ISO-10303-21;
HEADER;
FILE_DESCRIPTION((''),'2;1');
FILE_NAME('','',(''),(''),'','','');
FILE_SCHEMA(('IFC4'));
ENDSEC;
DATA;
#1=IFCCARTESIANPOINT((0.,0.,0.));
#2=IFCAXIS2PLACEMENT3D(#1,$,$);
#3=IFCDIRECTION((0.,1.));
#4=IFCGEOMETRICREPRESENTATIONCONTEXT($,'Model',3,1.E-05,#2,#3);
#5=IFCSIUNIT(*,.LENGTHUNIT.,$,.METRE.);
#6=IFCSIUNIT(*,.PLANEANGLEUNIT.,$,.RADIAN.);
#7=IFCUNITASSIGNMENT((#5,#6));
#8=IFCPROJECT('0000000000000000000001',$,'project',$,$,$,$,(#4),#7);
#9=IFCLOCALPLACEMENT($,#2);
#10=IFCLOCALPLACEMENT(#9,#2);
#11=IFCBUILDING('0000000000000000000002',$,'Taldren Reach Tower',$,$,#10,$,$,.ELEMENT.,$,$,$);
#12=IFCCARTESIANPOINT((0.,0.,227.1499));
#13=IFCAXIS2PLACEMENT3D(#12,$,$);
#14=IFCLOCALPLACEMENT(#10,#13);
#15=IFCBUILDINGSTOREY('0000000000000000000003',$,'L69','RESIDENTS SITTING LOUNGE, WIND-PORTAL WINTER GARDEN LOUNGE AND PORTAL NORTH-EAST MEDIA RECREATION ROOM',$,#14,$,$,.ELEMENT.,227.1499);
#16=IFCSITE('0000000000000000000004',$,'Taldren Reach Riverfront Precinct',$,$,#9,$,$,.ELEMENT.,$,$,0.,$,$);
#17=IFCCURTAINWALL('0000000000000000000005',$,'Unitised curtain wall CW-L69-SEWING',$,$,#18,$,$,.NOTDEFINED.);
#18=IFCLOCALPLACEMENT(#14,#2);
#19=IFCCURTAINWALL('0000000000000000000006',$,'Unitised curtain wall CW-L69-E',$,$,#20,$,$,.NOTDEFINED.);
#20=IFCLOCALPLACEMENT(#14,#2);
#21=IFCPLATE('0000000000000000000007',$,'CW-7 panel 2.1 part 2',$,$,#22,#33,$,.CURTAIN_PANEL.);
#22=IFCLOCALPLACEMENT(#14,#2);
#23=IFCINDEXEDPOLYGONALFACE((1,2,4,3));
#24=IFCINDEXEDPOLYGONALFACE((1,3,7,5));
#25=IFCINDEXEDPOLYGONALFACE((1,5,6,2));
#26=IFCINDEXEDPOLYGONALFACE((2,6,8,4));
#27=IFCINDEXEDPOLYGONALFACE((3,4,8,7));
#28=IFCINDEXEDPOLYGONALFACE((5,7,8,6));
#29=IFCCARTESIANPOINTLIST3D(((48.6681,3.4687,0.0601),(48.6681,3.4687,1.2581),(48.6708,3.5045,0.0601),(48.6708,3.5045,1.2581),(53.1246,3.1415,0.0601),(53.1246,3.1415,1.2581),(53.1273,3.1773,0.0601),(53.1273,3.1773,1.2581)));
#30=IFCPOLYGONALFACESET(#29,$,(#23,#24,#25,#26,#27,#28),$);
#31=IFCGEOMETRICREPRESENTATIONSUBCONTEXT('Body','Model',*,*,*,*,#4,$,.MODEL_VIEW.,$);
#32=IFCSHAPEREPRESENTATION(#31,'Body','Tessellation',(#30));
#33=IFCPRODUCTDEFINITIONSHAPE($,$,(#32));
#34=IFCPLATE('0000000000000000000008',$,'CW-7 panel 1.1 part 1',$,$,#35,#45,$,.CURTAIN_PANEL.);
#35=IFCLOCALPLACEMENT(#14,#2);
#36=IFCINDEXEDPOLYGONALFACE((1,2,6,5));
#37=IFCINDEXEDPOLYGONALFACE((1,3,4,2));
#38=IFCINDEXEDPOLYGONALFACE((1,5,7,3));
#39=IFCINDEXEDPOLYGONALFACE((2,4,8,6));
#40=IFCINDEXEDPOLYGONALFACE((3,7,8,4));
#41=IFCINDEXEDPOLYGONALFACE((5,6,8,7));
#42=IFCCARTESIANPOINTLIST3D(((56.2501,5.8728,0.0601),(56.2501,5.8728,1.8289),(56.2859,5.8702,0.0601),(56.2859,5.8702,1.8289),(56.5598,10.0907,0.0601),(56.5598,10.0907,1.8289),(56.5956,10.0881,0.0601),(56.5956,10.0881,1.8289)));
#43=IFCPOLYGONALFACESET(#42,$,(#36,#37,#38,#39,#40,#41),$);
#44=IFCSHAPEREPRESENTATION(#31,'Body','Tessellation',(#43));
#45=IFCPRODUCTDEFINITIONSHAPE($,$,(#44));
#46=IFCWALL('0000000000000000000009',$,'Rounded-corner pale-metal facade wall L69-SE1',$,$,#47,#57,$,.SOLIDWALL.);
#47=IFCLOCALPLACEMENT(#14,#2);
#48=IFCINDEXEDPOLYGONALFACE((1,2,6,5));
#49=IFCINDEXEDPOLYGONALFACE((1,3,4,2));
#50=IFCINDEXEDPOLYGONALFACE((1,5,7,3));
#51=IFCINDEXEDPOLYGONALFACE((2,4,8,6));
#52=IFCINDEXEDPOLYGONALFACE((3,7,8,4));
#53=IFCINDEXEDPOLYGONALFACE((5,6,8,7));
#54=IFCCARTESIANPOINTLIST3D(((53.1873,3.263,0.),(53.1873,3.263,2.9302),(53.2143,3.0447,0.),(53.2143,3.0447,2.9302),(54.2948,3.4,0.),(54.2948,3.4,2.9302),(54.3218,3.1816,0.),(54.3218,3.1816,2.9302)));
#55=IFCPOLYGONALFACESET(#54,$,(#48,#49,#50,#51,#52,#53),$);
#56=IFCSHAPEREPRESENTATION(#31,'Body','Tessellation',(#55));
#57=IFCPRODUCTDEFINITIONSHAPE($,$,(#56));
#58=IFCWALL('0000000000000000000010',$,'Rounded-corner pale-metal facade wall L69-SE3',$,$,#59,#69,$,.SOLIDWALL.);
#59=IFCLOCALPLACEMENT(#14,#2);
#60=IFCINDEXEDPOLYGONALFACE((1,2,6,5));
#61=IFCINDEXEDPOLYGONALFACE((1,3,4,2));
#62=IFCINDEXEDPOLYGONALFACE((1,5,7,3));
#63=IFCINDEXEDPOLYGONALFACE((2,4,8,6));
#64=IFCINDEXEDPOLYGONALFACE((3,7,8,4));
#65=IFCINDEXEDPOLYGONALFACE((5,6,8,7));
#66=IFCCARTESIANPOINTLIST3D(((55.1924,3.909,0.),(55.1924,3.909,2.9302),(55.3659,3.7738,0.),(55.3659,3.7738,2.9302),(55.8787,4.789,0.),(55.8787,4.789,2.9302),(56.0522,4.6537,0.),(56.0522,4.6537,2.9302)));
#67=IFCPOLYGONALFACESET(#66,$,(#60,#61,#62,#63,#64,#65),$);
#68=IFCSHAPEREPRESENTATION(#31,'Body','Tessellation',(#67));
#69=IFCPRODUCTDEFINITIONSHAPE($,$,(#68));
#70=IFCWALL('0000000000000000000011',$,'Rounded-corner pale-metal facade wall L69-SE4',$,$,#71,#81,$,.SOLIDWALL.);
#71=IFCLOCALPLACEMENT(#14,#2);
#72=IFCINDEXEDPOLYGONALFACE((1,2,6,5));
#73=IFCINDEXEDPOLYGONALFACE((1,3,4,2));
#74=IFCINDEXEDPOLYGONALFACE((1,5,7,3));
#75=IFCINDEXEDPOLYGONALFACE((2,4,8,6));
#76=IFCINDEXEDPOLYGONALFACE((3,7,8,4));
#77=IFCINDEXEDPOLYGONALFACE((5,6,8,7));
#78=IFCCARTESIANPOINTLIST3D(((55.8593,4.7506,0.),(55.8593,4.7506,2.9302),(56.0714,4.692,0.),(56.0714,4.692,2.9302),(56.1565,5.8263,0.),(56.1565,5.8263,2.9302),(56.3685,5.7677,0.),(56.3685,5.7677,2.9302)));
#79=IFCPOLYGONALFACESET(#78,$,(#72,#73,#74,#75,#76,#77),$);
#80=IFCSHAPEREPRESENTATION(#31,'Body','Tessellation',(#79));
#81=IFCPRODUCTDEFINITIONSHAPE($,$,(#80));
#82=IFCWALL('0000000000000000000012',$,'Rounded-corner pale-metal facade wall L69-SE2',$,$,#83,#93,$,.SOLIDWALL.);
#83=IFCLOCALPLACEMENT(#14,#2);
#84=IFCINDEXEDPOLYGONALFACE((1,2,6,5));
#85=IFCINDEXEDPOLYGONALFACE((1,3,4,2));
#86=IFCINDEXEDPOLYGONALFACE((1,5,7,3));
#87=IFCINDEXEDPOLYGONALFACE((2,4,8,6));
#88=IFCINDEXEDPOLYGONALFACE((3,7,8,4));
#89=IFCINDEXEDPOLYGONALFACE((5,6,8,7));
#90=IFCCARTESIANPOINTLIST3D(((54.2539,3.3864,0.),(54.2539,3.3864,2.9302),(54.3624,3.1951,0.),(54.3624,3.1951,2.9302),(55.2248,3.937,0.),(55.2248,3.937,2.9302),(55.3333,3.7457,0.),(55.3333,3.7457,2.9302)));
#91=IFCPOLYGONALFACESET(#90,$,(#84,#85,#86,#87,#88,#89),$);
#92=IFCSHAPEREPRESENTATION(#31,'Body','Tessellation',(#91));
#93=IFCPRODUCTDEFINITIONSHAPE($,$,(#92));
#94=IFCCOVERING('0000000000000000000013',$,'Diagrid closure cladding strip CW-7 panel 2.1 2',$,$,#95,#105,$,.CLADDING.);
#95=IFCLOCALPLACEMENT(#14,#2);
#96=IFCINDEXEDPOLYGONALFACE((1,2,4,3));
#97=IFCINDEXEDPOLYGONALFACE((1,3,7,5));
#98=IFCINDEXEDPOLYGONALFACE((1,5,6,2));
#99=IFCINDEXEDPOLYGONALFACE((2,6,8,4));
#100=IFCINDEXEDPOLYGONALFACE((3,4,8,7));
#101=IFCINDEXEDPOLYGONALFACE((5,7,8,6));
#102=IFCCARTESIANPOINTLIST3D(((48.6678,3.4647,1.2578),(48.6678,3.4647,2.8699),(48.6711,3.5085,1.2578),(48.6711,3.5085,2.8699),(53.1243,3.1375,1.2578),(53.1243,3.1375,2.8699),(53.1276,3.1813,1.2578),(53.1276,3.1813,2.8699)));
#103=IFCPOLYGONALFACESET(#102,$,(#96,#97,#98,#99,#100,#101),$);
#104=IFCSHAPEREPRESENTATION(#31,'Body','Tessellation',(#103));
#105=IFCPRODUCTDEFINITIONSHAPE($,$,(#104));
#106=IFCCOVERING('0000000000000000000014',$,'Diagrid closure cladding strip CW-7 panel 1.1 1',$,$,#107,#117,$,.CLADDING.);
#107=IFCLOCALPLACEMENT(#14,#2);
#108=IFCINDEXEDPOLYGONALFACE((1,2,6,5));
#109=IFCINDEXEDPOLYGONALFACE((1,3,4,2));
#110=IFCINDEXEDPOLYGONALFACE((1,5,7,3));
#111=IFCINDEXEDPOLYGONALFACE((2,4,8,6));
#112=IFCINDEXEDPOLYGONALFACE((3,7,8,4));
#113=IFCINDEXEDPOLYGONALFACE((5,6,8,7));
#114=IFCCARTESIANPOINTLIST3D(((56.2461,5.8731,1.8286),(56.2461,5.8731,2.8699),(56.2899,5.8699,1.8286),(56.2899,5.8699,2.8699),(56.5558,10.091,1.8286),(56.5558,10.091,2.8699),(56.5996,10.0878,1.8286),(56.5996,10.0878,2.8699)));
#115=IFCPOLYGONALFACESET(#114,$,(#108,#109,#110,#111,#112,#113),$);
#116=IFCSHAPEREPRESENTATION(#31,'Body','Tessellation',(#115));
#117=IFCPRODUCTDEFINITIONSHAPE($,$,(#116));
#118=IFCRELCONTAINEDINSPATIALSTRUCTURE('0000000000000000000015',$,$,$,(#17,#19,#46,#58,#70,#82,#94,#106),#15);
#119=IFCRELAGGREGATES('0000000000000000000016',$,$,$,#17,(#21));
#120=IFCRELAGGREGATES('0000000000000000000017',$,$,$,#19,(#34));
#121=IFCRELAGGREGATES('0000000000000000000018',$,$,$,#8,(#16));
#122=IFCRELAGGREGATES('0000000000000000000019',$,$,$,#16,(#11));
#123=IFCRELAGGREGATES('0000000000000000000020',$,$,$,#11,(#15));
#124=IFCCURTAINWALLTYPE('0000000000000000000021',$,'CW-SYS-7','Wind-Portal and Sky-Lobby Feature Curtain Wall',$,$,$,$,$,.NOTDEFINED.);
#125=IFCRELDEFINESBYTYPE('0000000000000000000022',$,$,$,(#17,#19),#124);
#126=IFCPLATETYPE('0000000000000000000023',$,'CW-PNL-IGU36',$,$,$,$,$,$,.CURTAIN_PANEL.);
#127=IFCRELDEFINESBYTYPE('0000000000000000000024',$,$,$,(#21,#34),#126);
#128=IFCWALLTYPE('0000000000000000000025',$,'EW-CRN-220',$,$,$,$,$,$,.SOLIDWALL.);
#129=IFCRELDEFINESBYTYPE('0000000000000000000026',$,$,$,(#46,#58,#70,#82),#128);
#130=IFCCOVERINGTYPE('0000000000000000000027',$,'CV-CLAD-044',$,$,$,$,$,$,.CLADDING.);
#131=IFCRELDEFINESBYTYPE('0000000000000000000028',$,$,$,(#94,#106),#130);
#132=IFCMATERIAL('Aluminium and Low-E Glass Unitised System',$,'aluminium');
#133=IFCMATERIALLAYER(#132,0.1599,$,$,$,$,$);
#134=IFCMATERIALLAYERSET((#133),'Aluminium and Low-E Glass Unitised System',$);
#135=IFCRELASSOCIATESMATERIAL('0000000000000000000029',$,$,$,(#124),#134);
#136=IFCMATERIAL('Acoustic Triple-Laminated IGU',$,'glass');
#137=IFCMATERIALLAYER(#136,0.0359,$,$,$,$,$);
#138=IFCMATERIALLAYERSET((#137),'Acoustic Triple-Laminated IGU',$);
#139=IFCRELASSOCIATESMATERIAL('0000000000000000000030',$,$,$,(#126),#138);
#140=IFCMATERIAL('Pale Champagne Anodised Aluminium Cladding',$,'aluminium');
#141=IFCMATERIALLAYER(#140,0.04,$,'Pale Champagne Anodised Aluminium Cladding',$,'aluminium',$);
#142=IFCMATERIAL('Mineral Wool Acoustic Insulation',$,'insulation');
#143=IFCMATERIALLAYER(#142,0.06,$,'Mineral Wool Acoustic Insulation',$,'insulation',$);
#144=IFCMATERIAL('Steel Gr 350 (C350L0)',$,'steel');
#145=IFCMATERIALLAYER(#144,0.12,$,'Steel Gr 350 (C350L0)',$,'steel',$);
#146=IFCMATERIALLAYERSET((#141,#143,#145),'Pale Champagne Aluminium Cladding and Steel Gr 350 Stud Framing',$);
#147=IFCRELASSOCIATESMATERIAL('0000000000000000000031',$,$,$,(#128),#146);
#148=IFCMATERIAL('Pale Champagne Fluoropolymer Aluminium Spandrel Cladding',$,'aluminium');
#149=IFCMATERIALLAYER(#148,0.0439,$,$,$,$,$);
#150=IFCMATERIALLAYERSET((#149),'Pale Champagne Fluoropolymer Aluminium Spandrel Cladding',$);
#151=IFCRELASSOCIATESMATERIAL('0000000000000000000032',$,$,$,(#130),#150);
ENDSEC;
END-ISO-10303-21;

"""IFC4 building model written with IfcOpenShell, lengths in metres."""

from ifc_helpers import new_model, si_unit, direction, frame, frame_2d, origin, origin_2d, place, context, subcontext, project, spatial, rectangle, extrude, source, transform, mapped, material, layer, layer_set, type_object, element, aggregate, save


model = new_model("IFC4")

# Units and contexts
model_context = context("Model", 3, precision=1e-05, world=origin(), true_north=direction((0.0, 1.0)))
body_context = subcontext(model_context, "Body", "Model", "MODEL_VIEW")
ifc_project = project(units=[si_unit("LENGTHUNIT", "METRE"), si_unit("PLANEANGLEUNIT", "RADIAN")], contexts=[model_context])

# Site, building, storey
site_placement = place(None, origin())
site = spatial("IfcSite", under=ifc_project, at=site_placement, Name="Taldren Reach Riverfront Precinct", CompositionType="ELEMENT", RefElevation=0.0)
building_placement = place(site_placement, origin())
building = spatial("IfcBuilding", under=site, at=building_placement, Name="Taldren Reach Tower", CompositionType="ELEMENT")
storey_placement = place(building_placement, frame((0.0, 0.0, 227.1499)))
storey = spatial("IfcBuildingStorey", under=building, at=storey_placement, Name="L69", Description="RESIDENTS SITTING LOUNGE, WIND-PORTAL WINTER GARDEN LOUNGE AND PORTAL NORTH-EAST MEDIA RECREATION ROOM", CompositionType="ELEMENT", Elevation=227.1499)

# Shared definitions
ifc_material_1 = material(Name="Steel Gr 350 (C350L0)", Category="steel")

# Curtain wall
ifc_material_2 = material(Name="Aluminium and Low-E Glass Unitised System", Category="aluminium")
ifc_layer_1 = layer(ifc_material_2, 0.1599)
ifc_layer_set_1 = layer_set([ifc_layer_1], Name="Aluminium and Low-E Glass Unitised System")
curtain_wall_type = type_object("IfcCurtainWallType", Name="CW-SYS-7", Description="Wind-Portal and Sky-Lobby Feature Curtain Wall", PredefinedType="NOTDEFINED", material=ifc_layer_set_1)
curtain_wall_1_placement = place(storey_placement, origin())
curtain_wall_1 = element("IfcCurtainWall", 1, at=curtain_wall_1_placement, inside=storey, type_object=curtain_wall_type, Name="Unitised curtain wall CW-L69-SEWING", PredefinedType="NOTDEFINED")

# Curtain wall
curtain_wall_2_placement = place(storey_placement, origin())
curtain_wall_2 = element("IfcCurtainWall", 2, at=curtain_wall_2_placement, inside=storey, type_object=curtain_wall_type, Name="Unitised curtain wall CW-L69-E", PredefinedType="NOTDEFINED")

# Plates
ifc_material_3 = material(Name="Acoustic Triple-Laminated IGU", Category="glass")
ifc_layer_2 = layer(ifc_material_3, 0.0359)
ifc_layer_set_2 = layer_set([ifc_layer_2], Name="Acoustic Triple-Laminated IGU")
plate_type_1 = type_object("IfcPlateType", Name="CW-PNL-IGU36", PredefinedType="CURTAIN_PANEL", material=ifc_layer_set_2)
shared_shape_1 = source(origin(), body_context, "Body", "SweptSolid", [
    extrude(rectangle(XDim=4.4685, YDim=0.0359, at=origin_2d()), origin(), (0.0, 0.0, 1.0), 1.198),
])
plate_1_placement = place(storey_placement, frame((50.8977, 3.323, 0.0601), z_axis=(0.0, 0.0, 1.0), x_axis=(0.997314, -0.073238, 0.0)))
plate_1 = element("IfcPlate", 3, at=plate_1_placement, type_object=plate_type_1, Name="CW-7 panel 2.1 part 2", PredefinedType="CURTAIN_PANEL", context=body_context, shape_type="MappedRepresentation", body=[
    mapped(shared_shape_1, transform((0.0, 0.0, 0.0), scale=1.0)),
])
aggregate(curtain_wall_1, [plate_1])
shared_shape_2 = source(origin(), body_context, "Body", "SweptSolid", [
    extrude(rectangle(XDim=4.2292, YDim=0.0359, at=origin_2d()), origin(), (0.0, 0.0, 1.0), 1.7688),
])
plate_2_placement = place(storey_placement, frame((56.4229, 7.9805, 0.0601), z_axis=(0.0, 0.0, 1.0), x_axis=(0.073238, 0.997314, 0.0)))
plate_2 = element("IfcPlate", 4, at=plate_2_placement, type_object=plate_type_1, Name="CW-7 panel 1.1 part 1", PredefinedType="CURTAIN_PANEL", context=body_context, shape_type="MappedRepresentation", body=[
    mapped(shared_shape_2, transform((0.0, 0.0, 0.0), scale=1.0)),
])
aggregate(curtain_wall_2, [plate_2])

# Walls
ifc_material_4 = material(Name="Pale Champagne Anodised Aluminium Cladding", Category="aluminium")
ifc_layer_3 = layer(ifc_material_4, 0.04, Name="Pale Champagne Anodised Aluminium Cladding", Category="aluminium")
ifc_material_5 = material(Name="Mineral Wool Acoustic Insulation", Category="insulation")
ifc_layer_4 = layer(ifc_material_5, 0.06, Name="Mineral Wool Acoustic Insulation", Category="insulation")
ifc_layer_5 = layer(ifc_material_1, 0.12, Name="Steel Gr 350 (C350L0)", Category="steel")
ifc_layer_set_3 = layer_set([ifc_layer_3, ifc_layer_4, ifc_layer_5], Name="Pale Champagne Aluminium Cladding and Steel Gr 350 Stud Framing")
wall_type = type_object("IfcWallType", Name="EW-CRN-220", PredefinedType="SOLIDWALL", material=ifc_layer_set_3)
shared_shape_3 = source(origin(), body_context, "Body", "SweptSolid", [
    extrude(rectangle(XDim=1.116, YDim=0.22, at=frame_2d((0.5581, 0.0))), origin(), (0.0, 0.0, 1.0), 2.9302),
])
for number, where, z_axis, x_axis, name in (
    (5, (53.2007, 3.1538, 0.0), (0.0, 0.0, 1.0), (0.992439, 0.122742, 0.0), "Rounded-corner pale-metal facade wall L69-SE1"),
    (6, (55.2791, 3.8413, 0.0), (0.0, 0.0, 1.0), (0.615015, 0.788515, 0.0), "Rounded-corner pale-metal facade wall L69-SE3"),
    (7, (55.9653, 4.7212, 0.0), (0.0, 0.0, 1.0), (0.266244, 0.963906, 0.0), "Rounded-corner pale-metal facade wall L69-SE4"),
):
    element("IfcWall", number, at=place(storey_placement, frame(where, z_axis=z_axis, x_axis=x_axis)), inside=storey, type_object=wall_type, Name=name, PredefinedType="SOLIDWALL", context=body_context, shape_type="MappedRepresentation", body=[
        mapped(shared_shape_3, transform((0.0, 0.0, 0.0), scale=1.0)),
    ])
shared_shape_4 = source(origin(), body_context, "Body", "SweptSolid", [
    extrude(rectangle(XDim=1.1162, YDim=0.22, at=frame_2d((0.5581, 0.0))), origin(), (0.0, 0.0, 1.0), 2.9302),
])
wall_placement = place(storey_placement, frame((54.3081, 3.2908, 0.0), z_axis=(0.0, 0.0, 1.0), x_axis=(0.869894, 0.493239, 0.0)))
element("IfcWall", 8, at=wall_placement, inside=storey, type_object=wall_type, Name="Rounded-corner pale-metal facade wall L69-SE2", PredefinedType="SOLIDWALL", context=body_context, shape_type="MappedRepresentation", body=[
    mapped(shared_shape_4, transform((0.0, 0.0, 0.0), scale=1.0)),
])

# Coverings
ifc_material_6 = material(Name="Pale Champagne Fluoropolymer Aluminium Spandrel Cladding", Category="aluminium")
ifc_layer_6 = layer(ifc_material_6, 0.0439)
ifc_layer_set_4 = layer_set([ifc_layer_6], Name="Pale Champagne Fluoropolymer Aluminium Spandrel Cladding")
covering_type = type_object("IfcCoveringType", Name="CV-CLAD-044", PredefinedType="CLADDING", material=ifc_layer_set_4)
shared_shape_5 = source(origin(), body_context, "Body", "SweptSolid", [
    extrude(rectangle(XDim=4.4685, YDim=0.0439, at=origin_2d()), origin(), (0.0, 0.0, 1.0), 1.6121),
])
covering_1_placement = place(storey_placement, frame((50.8977, 3.323, 1.2578), z_axis=(0.0, 0.0, 1.0), x_axis=(0.997314, -0.073238, 0.0)))
element("IfcCovering", 9, at=covering_1_placement, inside=storey, type_object=covering_type, Name="Diagrid closure cladding strip CW-7 panel 2.1 2", PredefinedType="CLADDING", context=body_context, shape_type="MappedRepresentation", body=[
    mapped(shared_shape_5, transform((0.0, 0.0, 0.0), scale=1.0)),
])
shared_shape_6 = source(origin(), body_context, "Body", "SweptSolid", [
    extrude(rectangle(XDim=4.2292, YDim=0.0439, at=origin_2d()), origin(), (0.0, 0.0, 1.0), 1.0413),
])
covering_2_placement = place(storey_placement, frame((56.4229, 7.9805, 1.8286), z_axis=(0.0, 0.0, 1.0), x_axis=(0.073238, 0.997314, 0.0)))
element("IfcCovering", 10, at=covering_2_placement, inside=storey, type_object=covering_type, Name="Diagrid closure cladding strip CW-7 panel 1.1 1", PredefinedType="CLADDING", context=body_context, shape_type="MappedRepresentation", body=[
    mapped(shared_shape_6, transform((0.0, 0.0, 0.0), scale=1.0)),
])

save(model, "model.ifc")
